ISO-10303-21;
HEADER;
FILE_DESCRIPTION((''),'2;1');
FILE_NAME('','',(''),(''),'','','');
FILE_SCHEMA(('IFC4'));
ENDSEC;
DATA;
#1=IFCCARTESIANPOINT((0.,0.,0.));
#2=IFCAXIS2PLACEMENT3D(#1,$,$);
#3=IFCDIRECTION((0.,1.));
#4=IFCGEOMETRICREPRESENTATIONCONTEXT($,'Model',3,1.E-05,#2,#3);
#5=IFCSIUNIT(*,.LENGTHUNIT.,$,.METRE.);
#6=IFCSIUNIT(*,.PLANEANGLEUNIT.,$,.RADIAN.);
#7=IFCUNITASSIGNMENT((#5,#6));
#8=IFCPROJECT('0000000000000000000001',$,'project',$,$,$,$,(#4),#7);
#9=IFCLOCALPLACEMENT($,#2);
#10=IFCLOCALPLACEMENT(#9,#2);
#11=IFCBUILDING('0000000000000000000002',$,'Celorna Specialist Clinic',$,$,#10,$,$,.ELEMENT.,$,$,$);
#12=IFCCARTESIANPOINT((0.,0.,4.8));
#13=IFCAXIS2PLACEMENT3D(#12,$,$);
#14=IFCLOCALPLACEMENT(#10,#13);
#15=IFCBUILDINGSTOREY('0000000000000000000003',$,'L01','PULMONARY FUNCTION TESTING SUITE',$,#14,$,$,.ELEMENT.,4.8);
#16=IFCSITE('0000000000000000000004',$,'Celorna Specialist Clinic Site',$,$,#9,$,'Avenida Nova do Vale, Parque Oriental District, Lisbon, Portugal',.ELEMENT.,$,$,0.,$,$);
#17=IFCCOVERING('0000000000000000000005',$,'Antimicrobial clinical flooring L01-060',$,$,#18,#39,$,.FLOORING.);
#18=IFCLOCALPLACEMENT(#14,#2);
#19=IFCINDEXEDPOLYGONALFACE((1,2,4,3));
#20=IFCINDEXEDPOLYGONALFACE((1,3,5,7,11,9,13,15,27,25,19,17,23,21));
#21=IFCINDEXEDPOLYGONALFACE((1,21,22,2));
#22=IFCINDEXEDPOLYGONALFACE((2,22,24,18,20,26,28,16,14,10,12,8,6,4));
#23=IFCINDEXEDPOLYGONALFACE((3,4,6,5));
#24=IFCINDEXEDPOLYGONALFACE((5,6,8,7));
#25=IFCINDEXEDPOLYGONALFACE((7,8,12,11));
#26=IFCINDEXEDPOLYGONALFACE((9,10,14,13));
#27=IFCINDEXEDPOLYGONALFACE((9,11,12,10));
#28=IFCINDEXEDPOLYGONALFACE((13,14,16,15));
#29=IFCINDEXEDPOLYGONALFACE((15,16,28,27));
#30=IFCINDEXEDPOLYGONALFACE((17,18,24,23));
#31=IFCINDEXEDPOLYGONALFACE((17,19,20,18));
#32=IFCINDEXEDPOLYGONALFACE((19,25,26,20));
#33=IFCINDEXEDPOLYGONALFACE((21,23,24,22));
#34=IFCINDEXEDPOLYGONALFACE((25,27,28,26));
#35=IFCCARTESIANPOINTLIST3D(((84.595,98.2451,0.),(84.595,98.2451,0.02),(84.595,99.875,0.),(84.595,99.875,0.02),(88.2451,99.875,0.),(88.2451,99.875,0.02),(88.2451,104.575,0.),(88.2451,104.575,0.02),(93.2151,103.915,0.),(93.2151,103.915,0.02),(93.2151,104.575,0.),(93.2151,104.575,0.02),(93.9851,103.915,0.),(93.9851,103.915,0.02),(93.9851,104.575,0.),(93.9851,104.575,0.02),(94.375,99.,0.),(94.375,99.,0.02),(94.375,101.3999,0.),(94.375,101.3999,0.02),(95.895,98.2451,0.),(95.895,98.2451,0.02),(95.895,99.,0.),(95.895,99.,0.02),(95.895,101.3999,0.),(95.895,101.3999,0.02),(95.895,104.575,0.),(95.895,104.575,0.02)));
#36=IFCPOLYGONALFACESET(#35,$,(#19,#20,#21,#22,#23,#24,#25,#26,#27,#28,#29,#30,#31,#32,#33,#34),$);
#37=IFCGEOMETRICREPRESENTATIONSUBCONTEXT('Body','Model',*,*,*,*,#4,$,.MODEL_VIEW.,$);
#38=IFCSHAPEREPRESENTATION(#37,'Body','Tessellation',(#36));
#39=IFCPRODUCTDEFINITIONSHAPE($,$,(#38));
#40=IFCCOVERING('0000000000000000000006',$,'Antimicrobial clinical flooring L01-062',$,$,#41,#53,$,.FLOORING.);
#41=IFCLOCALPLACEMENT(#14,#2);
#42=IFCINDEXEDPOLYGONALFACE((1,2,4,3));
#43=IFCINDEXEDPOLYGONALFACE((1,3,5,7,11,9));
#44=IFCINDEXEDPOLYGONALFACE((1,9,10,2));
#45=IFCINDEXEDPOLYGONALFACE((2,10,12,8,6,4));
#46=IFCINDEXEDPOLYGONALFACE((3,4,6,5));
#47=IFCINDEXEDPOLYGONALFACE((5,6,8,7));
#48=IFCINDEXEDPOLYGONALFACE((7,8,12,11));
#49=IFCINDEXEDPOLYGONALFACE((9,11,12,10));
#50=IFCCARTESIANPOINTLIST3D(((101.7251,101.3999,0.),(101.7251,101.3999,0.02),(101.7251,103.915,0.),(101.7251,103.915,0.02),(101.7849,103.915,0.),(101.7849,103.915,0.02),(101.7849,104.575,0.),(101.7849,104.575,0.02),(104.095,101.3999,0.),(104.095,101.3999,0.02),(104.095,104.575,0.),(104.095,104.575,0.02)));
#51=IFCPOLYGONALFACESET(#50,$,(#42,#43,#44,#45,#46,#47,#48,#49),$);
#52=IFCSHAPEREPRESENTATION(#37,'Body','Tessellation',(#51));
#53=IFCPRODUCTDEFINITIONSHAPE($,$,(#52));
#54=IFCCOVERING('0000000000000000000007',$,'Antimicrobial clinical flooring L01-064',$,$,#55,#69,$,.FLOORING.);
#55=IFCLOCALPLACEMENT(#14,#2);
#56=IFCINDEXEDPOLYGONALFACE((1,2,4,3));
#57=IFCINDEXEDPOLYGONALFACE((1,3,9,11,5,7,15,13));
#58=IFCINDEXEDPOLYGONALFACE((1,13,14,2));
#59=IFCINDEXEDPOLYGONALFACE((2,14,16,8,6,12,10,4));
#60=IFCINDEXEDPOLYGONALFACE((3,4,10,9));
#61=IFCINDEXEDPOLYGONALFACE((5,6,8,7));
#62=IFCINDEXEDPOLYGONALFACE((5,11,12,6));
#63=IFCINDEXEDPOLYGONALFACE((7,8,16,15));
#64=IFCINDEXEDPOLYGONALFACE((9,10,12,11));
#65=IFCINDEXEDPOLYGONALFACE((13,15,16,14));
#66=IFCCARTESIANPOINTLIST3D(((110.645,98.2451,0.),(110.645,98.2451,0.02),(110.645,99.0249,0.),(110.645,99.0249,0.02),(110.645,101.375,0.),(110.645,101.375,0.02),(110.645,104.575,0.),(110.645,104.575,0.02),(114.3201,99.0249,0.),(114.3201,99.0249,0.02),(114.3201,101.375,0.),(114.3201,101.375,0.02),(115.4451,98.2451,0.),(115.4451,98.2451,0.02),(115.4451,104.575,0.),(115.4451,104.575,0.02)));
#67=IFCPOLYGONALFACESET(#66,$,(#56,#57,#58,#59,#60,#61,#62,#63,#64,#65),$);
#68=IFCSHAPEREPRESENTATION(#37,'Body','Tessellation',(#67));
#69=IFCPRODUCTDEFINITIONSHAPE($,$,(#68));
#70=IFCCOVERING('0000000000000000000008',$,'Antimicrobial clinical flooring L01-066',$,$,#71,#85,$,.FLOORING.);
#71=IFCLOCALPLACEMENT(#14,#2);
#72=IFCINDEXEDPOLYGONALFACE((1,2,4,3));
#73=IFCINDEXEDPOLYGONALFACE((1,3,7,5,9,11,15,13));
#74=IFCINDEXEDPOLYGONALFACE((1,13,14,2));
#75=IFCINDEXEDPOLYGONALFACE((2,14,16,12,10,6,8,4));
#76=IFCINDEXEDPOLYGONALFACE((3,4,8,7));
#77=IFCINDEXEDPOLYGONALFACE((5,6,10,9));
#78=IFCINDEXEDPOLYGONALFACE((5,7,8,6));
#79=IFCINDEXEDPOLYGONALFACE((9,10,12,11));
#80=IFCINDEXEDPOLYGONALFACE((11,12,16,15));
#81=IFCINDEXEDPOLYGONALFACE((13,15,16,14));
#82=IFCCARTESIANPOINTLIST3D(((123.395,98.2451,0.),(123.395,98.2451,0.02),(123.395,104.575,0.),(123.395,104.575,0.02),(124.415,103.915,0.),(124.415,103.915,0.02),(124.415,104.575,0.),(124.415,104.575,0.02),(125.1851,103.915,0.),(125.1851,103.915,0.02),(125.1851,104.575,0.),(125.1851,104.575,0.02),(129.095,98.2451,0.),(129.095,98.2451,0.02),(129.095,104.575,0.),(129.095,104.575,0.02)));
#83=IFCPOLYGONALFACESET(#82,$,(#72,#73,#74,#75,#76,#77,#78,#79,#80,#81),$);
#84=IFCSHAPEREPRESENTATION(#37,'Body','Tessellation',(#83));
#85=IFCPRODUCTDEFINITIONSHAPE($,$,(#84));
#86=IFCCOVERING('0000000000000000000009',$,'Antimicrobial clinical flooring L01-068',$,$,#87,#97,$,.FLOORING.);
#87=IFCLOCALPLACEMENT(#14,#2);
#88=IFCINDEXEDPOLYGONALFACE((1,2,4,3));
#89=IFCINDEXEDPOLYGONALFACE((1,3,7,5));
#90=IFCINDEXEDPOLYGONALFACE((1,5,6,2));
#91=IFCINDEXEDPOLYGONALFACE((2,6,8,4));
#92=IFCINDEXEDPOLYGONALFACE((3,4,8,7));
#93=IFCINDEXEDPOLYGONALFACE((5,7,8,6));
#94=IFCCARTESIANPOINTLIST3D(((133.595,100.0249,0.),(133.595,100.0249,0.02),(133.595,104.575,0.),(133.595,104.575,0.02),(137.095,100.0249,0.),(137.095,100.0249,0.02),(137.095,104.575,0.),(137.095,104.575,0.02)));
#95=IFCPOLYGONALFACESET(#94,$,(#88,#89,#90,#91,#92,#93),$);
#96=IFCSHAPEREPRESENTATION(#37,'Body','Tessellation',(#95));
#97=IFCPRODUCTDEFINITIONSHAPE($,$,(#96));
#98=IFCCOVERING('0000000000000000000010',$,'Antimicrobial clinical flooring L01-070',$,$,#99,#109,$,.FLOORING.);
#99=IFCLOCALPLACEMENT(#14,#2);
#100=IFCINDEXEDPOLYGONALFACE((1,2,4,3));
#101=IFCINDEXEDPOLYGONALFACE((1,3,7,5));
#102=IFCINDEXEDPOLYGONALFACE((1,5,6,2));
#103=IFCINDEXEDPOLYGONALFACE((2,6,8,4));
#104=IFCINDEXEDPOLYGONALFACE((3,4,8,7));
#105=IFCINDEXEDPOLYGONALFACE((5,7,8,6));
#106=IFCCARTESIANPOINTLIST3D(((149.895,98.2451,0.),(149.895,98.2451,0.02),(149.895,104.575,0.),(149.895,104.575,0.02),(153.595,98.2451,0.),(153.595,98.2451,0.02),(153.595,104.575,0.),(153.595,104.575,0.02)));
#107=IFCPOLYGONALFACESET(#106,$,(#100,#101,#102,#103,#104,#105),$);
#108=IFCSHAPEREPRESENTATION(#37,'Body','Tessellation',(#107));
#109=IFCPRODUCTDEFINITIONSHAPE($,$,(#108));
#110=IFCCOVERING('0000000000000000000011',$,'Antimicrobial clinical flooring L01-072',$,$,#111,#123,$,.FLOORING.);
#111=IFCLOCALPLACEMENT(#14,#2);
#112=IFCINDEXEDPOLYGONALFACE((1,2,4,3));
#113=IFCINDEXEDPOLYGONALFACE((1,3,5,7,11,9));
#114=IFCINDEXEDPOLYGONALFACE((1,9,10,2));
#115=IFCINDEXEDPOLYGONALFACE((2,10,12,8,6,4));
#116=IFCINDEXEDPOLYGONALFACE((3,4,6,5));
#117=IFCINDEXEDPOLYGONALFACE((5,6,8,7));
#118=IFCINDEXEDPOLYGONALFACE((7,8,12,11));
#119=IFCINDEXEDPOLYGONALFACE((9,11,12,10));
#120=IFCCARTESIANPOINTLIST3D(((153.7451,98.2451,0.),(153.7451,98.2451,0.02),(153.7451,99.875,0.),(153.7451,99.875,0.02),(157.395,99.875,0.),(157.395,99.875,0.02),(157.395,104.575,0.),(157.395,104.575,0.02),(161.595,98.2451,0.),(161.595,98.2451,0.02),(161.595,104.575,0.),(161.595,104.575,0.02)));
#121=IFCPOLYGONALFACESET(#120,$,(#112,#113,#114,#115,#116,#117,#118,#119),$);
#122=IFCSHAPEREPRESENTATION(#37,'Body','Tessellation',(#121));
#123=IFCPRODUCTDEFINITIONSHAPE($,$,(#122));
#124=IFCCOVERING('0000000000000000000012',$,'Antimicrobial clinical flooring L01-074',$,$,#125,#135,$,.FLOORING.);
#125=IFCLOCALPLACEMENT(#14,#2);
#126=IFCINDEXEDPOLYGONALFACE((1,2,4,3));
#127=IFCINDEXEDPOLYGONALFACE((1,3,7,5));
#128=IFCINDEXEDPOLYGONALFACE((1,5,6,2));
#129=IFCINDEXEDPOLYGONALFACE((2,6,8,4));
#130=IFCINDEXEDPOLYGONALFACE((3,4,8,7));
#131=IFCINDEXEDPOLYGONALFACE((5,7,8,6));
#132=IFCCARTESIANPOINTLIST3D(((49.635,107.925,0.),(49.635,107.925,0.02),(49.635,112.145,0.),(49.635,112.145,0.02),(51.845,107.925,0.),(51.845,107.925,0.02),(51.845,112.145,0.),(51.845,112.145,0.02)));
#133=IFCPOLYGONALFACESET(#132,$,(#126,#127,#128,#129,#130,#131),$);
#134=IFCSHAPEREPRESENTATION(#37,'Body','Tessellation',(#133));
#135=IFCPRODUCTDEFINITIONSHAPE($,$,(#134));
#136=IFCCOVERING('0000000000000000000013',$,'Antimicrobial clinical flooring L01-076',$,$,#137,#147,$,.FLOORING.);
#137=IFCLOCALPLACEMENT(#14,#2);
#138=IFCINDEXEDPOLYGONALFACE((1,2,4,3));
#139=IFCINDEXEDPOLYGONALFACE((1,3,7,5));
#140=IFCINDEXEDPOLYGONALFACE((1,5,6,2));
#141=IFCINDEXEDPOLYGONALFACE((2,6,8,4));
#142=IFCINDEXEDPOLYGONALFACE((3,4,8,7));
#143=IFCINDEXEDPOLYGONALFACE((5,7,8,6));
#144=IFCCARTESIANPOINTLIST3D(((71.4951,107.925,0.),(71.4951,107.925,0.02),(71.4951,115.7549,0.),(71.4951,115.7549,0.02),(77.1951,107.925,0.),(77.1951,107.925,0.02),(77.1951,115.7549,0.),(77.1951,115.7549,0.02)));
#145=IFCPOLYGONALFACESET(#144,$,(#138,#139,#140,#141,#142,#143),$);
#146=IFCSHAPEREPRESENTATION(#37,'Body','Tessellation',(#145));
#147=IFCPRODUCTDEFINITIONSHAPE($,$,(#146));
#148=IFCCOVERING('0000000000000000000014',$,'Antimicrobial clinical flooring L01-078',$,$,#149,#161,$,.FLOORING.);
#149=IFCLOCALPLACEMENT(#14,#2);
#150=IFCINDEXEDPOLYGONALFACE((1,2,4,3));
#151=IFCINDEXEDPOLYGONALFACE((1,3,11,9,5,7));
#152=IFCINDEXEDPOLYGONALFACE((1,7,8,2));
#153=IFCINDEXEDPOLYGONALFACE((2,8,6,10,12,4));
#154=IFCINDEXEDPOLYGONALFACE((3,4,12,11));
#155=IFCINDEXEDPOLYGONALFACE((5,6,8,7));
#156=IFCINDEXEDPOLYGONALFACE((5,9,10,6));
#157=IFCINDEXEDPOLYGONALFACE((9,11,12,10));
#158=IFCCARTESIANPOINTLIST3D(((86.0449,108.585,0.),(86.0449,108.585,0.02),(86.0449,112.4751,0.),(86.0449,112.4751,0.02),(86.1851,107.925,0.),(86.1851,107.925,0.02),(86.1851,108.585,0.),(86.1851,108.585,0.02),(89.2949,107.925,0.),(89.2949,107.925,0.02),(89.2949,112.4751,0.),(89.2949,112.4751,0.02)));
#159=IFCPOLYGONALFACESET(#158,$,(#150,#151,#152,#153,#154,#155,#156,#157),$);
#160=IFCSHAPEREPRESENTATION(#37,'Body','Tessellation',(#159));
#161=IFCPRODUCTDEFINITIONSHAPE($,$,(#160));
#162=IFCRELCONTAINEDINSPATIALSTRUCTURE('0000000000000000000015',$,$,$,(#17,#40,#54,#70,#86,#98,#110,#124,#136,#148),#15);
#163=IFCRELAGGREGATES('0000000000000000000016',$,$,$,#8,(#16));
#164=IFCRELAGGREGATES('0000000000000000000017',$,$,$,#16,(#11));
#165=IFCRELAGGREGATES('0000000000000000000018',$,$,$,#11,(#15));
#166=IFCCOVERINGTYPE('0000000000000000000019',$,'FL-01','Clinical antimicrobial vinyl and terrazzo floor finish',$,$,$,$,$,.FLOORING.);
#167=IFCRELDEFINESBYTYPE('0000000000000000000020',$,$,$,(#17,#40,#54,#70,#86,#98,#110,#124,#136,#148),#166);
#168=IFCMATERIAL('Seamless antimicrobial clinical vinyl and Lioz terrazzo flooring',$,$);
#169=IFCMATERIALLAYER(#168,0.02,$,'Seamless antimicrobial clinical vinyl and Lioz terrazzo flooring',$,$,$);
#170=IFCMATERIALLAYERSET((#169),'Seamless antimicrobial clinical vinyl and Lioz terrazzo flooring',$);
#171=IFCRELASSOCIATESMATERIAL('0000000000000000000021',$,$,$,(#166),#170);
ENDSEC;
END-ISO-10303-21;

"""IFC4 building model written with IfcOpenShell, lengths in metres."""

from ifc_helpers import new_model, si_unit, direction, frame, origin, place, context, subcontext, project, spatial, polyline, outline, extrude, material, layer, layer_set, type_object, element, save


model = new_model("IFC4")

# Units and contexts
model_context = context("Model", 3, precision=1e-05, world=origin(), true_north=direction((0.0, 1.0)))
body_context = subcontext(model_context, "Body", "Model", "MODEL_VIEW")
ifc_project = project(units=[si_unit("LENGTHUNIT", "METRE"), si_unit("PLANEANGLEUNIT", "RADIAN")], contexts=[model_context])

# Site, building, storey
site_placement = place(None, origin())
site = spatial("IfcSite", under=ifc_project, at=site_placement, Name="Celorna Specialist Clinic Site", LongName="Avenida Nova do Vale, Parque Oriental District, Lisbon, Portugal", CompositionType="ELEMENT", RefElevation=0.0)
building_placement = place(site_placement, origin())
building = spatial("IfcBuilding", under=site, at=building_placement, Name="Celorna Specialist Clinic", CompositionType="ELEMENT")
storey_placement = place(building_placement, frame((0.0, 0.0, 4.8)))
storey = spatial("IfcBuildingStorey", under=building, at=storey_placement, Name="L01", Description="PULMONARY FUNCTION TESTING SUITE", CompositionType="ELEMENT", Elevation=4.8)

# Coverings
ifc_material_1 = material(Name="Seamless antimicrobial clinical vinyl and Lioz terrazzo flooring")
ifc_layer_1 = layer(ifc_material_1, 0.02, Name="Seamless antimicrobial clinical vinyl and Lioz terrazzo flooring")
ifc_layer_set_1 = layer_set([ifc_layer_1], Name="Seamless antimicrobial clinical vinyl and Lioz terrazzo flooring")
covering_type_1 = type_object("IfcCoveringType", Name="FL-01", Description="Clinical antimicrobial vinyl and terrazzo floor finish", PredefinedType="FLOORING", material=ifc_layer_set_1)
covering_1_placement = place(storey_placement, origin())
element("IfcCovering", 1, at=covering_1_placement, inside=storey, type_object=covering_type_1, Name="Antimicrobial clinical flooring L01-060", PredefinedType="FLOORING", context=body_context, shape_type="SweptSolid", body=[
    extrude(outline(polyline([(88.2451, 99.875), (88.2451, 104.575), (93.2151, 104.575), (93.2151, 103.915), (93.9851, 103.915), (93.9851, 104.575), (95.895, 104.575), (95.895, 101.3999), (94.375, 101.3999), (94.375, 99.0), (95.895, 99.0), (95.895, 98.2451), (84.595, 98.2451), (84.595, 99.875), (88.2451, 99.875)])), origin(), (0.0, 0.0, 1.0), 0.02),
])
covering_2_placement = place(storey_placement, origin())
element("IfcCovering", 2, at=covering_2_placement, inside=storey, type_object=covering_type_1, Name="Antimicrobial clinical flooring L01-062", PredefinedType="FLOORING", context=body_context, shape_type="SweptSolid", body=[
    extrude(outline(polyline([(101.7849, 104.575), (104.095, 104.575), (104.095, 101.3999), (101.7251, 101.3999), (101.7251, 103.915), (101.7849, 103.915), (101.7849, 104.575)])), origin(), (0.0, 0.0, 1.0), 0.02),
])
covering_3_placement = place(storey_placement, origin())
element("IfcCovering", 3, at=covering_3_placement, inside=storey, type_object=covering_type_1, Name="Antimicrobial clinical flooring L01-064", PredefinedType="FLOORING", context=body_context, shape_type="SweptSolid", body=[
    extrude(outline(polyline([(115.4451, 104.575), (115.4451, 98.2451), (110.645, 98.2451), (110.645, 99.0249), (114.3201, 99.0249), (114.3201, 101.375), (110.645, 101.375), (110.645, 104.575), (115.4451, 104.575)])), origin(), (0.0, 0.0, 1.0), 0.02),
])
covering_4_placement = place(storey_placement, origin())
element("IfcCovering", 4, at=covering_4_placement, inside=storey, type_object=covering_type_1, Name="Antimicrobial clinical flooring L01-066", PredefinedType="FLOORING", context=body_context, shape_type="SweptSolid", body=[
    extrude(outline(polyline([(123.395, 104.575), (124.415, 104.575), (124.415, 103.915), (125.1851, 103.915), (125.1851, 104.575), (129.095, 104.575), (129.095, 98.2451), (123.395, 98.2451), (123.395, 104.575)])), origin(), (0.0, 0.0, 1.0), 0.02),
])
covering_5_placement = place(storey_placement, origin())
element("IfcCovering", 5, at=covering_5_placement, inside=storey, type_object=covering_type_1, Name="Antimicrobial clinical flooring L01-068", PredefinedType="FLOORING", context=body_context, shape_type="SweptSolid", body=[
    extrude(outline(polyline([(133.595, 104.575), (137.095, 104.575), (137.095, 100.0249), (133.595, 100.0249), (133.595, 104.575)])), origin(), (0.0, 0.0, 1.0), 0.02),
])
covering_6_placement = place(storey_placement, origin())
element("IfcCovering", 6, at=covering_6_placement, inside=storey, type_object=covering_type_1, Name="Antimicrobial clinical flooring L01-070", PredefinedType="FLOORING", context=body_context, shape_type="SweptSolid", body=[
    extrude(outline(polyline([(149.895, 104.575), (153.595, 104.575), (153.595, 98.2451), (149.895, 98.2451), (149.895, 104.575)])), origin(), (0.0, 0.0, 1.0), 0.02),
])
covering_7_placement = place(storey_placement, origin())
element("IfcCovering", 7, at=covering_7_placement, inside=storey, type_object=covering_type_1, Name="Antimicrobial clinical flooring L01-072", PredefinedType="FLOORING", context=body_context, shape_type="SweptSolid", body=[
    extrude(outline(polyline([(157.395, 99.875), (157.395, 104.575), (161.595, 104.575), (161.595, 98.2451), (153.7451, 98.2451), (153.7451, 99.875), (157.395, 99.875)])), origin(), (0.0, 0.0, 1.0), 0.02),
])
covering_8_placement = place(storey_placement, origin())
element("IfcCovering", 8, at=covering_8_placement, inside=storey, type_object=covering_type_1, Name="Antimicrobial clinical flooring L01-074", PredefinedType="FLOORING", context=body_context, shape_type="SweptSolid", body=[
    extrude(outline(polyline([(49.635, 107.925), (49.635, 112.145), (51.845, 112.145), (51.845, 107.925), (49.635, 107.925)])), origin(), (0.0, 0.0, 1.0), 0.02),
])
covering_9_placement = place(storey_placement, origin())
element("IfcCovering", 9, at=covering_9_placement, inside=storey, type_object=covering_type_1, Name="Antimicrobial clinical flooring L01-076", PredefinedType="FLOORING", context=body_context, shape_type="SweptSolid", body=[
    extrude(outline(polyline([(71.4951, 115.7549), (77.1951, 115.7549), (77.1951, 107.925), (71.4951, 107.925), (71.4951, 115.7549)])), origin(), (0.0, 0.0, 1.0), 0.02),
])
covering_10_placement = place(storey_placement, origin())
element("IfcCovering", 10, at=covering_10_placement, inside=storey, type_object=covering_type_1, Name="Antimicrobial clinical flooring L01-078", PredefinedType="FLOORING", context=body_context, shape_type="SweptSolid", body=[
    extrude(outline(polyline([(86.1851, 107.925), (86.1851, 108.585), (86.0449, 108.585), (86.0449, 112.4751), (89.2949, 112.4751), (89.2949, 107.925), (86.1851, 107.925)])), origin(), (0.0, 0.0, 1.0), 0.02),
])

save(model, "model.ifc")
